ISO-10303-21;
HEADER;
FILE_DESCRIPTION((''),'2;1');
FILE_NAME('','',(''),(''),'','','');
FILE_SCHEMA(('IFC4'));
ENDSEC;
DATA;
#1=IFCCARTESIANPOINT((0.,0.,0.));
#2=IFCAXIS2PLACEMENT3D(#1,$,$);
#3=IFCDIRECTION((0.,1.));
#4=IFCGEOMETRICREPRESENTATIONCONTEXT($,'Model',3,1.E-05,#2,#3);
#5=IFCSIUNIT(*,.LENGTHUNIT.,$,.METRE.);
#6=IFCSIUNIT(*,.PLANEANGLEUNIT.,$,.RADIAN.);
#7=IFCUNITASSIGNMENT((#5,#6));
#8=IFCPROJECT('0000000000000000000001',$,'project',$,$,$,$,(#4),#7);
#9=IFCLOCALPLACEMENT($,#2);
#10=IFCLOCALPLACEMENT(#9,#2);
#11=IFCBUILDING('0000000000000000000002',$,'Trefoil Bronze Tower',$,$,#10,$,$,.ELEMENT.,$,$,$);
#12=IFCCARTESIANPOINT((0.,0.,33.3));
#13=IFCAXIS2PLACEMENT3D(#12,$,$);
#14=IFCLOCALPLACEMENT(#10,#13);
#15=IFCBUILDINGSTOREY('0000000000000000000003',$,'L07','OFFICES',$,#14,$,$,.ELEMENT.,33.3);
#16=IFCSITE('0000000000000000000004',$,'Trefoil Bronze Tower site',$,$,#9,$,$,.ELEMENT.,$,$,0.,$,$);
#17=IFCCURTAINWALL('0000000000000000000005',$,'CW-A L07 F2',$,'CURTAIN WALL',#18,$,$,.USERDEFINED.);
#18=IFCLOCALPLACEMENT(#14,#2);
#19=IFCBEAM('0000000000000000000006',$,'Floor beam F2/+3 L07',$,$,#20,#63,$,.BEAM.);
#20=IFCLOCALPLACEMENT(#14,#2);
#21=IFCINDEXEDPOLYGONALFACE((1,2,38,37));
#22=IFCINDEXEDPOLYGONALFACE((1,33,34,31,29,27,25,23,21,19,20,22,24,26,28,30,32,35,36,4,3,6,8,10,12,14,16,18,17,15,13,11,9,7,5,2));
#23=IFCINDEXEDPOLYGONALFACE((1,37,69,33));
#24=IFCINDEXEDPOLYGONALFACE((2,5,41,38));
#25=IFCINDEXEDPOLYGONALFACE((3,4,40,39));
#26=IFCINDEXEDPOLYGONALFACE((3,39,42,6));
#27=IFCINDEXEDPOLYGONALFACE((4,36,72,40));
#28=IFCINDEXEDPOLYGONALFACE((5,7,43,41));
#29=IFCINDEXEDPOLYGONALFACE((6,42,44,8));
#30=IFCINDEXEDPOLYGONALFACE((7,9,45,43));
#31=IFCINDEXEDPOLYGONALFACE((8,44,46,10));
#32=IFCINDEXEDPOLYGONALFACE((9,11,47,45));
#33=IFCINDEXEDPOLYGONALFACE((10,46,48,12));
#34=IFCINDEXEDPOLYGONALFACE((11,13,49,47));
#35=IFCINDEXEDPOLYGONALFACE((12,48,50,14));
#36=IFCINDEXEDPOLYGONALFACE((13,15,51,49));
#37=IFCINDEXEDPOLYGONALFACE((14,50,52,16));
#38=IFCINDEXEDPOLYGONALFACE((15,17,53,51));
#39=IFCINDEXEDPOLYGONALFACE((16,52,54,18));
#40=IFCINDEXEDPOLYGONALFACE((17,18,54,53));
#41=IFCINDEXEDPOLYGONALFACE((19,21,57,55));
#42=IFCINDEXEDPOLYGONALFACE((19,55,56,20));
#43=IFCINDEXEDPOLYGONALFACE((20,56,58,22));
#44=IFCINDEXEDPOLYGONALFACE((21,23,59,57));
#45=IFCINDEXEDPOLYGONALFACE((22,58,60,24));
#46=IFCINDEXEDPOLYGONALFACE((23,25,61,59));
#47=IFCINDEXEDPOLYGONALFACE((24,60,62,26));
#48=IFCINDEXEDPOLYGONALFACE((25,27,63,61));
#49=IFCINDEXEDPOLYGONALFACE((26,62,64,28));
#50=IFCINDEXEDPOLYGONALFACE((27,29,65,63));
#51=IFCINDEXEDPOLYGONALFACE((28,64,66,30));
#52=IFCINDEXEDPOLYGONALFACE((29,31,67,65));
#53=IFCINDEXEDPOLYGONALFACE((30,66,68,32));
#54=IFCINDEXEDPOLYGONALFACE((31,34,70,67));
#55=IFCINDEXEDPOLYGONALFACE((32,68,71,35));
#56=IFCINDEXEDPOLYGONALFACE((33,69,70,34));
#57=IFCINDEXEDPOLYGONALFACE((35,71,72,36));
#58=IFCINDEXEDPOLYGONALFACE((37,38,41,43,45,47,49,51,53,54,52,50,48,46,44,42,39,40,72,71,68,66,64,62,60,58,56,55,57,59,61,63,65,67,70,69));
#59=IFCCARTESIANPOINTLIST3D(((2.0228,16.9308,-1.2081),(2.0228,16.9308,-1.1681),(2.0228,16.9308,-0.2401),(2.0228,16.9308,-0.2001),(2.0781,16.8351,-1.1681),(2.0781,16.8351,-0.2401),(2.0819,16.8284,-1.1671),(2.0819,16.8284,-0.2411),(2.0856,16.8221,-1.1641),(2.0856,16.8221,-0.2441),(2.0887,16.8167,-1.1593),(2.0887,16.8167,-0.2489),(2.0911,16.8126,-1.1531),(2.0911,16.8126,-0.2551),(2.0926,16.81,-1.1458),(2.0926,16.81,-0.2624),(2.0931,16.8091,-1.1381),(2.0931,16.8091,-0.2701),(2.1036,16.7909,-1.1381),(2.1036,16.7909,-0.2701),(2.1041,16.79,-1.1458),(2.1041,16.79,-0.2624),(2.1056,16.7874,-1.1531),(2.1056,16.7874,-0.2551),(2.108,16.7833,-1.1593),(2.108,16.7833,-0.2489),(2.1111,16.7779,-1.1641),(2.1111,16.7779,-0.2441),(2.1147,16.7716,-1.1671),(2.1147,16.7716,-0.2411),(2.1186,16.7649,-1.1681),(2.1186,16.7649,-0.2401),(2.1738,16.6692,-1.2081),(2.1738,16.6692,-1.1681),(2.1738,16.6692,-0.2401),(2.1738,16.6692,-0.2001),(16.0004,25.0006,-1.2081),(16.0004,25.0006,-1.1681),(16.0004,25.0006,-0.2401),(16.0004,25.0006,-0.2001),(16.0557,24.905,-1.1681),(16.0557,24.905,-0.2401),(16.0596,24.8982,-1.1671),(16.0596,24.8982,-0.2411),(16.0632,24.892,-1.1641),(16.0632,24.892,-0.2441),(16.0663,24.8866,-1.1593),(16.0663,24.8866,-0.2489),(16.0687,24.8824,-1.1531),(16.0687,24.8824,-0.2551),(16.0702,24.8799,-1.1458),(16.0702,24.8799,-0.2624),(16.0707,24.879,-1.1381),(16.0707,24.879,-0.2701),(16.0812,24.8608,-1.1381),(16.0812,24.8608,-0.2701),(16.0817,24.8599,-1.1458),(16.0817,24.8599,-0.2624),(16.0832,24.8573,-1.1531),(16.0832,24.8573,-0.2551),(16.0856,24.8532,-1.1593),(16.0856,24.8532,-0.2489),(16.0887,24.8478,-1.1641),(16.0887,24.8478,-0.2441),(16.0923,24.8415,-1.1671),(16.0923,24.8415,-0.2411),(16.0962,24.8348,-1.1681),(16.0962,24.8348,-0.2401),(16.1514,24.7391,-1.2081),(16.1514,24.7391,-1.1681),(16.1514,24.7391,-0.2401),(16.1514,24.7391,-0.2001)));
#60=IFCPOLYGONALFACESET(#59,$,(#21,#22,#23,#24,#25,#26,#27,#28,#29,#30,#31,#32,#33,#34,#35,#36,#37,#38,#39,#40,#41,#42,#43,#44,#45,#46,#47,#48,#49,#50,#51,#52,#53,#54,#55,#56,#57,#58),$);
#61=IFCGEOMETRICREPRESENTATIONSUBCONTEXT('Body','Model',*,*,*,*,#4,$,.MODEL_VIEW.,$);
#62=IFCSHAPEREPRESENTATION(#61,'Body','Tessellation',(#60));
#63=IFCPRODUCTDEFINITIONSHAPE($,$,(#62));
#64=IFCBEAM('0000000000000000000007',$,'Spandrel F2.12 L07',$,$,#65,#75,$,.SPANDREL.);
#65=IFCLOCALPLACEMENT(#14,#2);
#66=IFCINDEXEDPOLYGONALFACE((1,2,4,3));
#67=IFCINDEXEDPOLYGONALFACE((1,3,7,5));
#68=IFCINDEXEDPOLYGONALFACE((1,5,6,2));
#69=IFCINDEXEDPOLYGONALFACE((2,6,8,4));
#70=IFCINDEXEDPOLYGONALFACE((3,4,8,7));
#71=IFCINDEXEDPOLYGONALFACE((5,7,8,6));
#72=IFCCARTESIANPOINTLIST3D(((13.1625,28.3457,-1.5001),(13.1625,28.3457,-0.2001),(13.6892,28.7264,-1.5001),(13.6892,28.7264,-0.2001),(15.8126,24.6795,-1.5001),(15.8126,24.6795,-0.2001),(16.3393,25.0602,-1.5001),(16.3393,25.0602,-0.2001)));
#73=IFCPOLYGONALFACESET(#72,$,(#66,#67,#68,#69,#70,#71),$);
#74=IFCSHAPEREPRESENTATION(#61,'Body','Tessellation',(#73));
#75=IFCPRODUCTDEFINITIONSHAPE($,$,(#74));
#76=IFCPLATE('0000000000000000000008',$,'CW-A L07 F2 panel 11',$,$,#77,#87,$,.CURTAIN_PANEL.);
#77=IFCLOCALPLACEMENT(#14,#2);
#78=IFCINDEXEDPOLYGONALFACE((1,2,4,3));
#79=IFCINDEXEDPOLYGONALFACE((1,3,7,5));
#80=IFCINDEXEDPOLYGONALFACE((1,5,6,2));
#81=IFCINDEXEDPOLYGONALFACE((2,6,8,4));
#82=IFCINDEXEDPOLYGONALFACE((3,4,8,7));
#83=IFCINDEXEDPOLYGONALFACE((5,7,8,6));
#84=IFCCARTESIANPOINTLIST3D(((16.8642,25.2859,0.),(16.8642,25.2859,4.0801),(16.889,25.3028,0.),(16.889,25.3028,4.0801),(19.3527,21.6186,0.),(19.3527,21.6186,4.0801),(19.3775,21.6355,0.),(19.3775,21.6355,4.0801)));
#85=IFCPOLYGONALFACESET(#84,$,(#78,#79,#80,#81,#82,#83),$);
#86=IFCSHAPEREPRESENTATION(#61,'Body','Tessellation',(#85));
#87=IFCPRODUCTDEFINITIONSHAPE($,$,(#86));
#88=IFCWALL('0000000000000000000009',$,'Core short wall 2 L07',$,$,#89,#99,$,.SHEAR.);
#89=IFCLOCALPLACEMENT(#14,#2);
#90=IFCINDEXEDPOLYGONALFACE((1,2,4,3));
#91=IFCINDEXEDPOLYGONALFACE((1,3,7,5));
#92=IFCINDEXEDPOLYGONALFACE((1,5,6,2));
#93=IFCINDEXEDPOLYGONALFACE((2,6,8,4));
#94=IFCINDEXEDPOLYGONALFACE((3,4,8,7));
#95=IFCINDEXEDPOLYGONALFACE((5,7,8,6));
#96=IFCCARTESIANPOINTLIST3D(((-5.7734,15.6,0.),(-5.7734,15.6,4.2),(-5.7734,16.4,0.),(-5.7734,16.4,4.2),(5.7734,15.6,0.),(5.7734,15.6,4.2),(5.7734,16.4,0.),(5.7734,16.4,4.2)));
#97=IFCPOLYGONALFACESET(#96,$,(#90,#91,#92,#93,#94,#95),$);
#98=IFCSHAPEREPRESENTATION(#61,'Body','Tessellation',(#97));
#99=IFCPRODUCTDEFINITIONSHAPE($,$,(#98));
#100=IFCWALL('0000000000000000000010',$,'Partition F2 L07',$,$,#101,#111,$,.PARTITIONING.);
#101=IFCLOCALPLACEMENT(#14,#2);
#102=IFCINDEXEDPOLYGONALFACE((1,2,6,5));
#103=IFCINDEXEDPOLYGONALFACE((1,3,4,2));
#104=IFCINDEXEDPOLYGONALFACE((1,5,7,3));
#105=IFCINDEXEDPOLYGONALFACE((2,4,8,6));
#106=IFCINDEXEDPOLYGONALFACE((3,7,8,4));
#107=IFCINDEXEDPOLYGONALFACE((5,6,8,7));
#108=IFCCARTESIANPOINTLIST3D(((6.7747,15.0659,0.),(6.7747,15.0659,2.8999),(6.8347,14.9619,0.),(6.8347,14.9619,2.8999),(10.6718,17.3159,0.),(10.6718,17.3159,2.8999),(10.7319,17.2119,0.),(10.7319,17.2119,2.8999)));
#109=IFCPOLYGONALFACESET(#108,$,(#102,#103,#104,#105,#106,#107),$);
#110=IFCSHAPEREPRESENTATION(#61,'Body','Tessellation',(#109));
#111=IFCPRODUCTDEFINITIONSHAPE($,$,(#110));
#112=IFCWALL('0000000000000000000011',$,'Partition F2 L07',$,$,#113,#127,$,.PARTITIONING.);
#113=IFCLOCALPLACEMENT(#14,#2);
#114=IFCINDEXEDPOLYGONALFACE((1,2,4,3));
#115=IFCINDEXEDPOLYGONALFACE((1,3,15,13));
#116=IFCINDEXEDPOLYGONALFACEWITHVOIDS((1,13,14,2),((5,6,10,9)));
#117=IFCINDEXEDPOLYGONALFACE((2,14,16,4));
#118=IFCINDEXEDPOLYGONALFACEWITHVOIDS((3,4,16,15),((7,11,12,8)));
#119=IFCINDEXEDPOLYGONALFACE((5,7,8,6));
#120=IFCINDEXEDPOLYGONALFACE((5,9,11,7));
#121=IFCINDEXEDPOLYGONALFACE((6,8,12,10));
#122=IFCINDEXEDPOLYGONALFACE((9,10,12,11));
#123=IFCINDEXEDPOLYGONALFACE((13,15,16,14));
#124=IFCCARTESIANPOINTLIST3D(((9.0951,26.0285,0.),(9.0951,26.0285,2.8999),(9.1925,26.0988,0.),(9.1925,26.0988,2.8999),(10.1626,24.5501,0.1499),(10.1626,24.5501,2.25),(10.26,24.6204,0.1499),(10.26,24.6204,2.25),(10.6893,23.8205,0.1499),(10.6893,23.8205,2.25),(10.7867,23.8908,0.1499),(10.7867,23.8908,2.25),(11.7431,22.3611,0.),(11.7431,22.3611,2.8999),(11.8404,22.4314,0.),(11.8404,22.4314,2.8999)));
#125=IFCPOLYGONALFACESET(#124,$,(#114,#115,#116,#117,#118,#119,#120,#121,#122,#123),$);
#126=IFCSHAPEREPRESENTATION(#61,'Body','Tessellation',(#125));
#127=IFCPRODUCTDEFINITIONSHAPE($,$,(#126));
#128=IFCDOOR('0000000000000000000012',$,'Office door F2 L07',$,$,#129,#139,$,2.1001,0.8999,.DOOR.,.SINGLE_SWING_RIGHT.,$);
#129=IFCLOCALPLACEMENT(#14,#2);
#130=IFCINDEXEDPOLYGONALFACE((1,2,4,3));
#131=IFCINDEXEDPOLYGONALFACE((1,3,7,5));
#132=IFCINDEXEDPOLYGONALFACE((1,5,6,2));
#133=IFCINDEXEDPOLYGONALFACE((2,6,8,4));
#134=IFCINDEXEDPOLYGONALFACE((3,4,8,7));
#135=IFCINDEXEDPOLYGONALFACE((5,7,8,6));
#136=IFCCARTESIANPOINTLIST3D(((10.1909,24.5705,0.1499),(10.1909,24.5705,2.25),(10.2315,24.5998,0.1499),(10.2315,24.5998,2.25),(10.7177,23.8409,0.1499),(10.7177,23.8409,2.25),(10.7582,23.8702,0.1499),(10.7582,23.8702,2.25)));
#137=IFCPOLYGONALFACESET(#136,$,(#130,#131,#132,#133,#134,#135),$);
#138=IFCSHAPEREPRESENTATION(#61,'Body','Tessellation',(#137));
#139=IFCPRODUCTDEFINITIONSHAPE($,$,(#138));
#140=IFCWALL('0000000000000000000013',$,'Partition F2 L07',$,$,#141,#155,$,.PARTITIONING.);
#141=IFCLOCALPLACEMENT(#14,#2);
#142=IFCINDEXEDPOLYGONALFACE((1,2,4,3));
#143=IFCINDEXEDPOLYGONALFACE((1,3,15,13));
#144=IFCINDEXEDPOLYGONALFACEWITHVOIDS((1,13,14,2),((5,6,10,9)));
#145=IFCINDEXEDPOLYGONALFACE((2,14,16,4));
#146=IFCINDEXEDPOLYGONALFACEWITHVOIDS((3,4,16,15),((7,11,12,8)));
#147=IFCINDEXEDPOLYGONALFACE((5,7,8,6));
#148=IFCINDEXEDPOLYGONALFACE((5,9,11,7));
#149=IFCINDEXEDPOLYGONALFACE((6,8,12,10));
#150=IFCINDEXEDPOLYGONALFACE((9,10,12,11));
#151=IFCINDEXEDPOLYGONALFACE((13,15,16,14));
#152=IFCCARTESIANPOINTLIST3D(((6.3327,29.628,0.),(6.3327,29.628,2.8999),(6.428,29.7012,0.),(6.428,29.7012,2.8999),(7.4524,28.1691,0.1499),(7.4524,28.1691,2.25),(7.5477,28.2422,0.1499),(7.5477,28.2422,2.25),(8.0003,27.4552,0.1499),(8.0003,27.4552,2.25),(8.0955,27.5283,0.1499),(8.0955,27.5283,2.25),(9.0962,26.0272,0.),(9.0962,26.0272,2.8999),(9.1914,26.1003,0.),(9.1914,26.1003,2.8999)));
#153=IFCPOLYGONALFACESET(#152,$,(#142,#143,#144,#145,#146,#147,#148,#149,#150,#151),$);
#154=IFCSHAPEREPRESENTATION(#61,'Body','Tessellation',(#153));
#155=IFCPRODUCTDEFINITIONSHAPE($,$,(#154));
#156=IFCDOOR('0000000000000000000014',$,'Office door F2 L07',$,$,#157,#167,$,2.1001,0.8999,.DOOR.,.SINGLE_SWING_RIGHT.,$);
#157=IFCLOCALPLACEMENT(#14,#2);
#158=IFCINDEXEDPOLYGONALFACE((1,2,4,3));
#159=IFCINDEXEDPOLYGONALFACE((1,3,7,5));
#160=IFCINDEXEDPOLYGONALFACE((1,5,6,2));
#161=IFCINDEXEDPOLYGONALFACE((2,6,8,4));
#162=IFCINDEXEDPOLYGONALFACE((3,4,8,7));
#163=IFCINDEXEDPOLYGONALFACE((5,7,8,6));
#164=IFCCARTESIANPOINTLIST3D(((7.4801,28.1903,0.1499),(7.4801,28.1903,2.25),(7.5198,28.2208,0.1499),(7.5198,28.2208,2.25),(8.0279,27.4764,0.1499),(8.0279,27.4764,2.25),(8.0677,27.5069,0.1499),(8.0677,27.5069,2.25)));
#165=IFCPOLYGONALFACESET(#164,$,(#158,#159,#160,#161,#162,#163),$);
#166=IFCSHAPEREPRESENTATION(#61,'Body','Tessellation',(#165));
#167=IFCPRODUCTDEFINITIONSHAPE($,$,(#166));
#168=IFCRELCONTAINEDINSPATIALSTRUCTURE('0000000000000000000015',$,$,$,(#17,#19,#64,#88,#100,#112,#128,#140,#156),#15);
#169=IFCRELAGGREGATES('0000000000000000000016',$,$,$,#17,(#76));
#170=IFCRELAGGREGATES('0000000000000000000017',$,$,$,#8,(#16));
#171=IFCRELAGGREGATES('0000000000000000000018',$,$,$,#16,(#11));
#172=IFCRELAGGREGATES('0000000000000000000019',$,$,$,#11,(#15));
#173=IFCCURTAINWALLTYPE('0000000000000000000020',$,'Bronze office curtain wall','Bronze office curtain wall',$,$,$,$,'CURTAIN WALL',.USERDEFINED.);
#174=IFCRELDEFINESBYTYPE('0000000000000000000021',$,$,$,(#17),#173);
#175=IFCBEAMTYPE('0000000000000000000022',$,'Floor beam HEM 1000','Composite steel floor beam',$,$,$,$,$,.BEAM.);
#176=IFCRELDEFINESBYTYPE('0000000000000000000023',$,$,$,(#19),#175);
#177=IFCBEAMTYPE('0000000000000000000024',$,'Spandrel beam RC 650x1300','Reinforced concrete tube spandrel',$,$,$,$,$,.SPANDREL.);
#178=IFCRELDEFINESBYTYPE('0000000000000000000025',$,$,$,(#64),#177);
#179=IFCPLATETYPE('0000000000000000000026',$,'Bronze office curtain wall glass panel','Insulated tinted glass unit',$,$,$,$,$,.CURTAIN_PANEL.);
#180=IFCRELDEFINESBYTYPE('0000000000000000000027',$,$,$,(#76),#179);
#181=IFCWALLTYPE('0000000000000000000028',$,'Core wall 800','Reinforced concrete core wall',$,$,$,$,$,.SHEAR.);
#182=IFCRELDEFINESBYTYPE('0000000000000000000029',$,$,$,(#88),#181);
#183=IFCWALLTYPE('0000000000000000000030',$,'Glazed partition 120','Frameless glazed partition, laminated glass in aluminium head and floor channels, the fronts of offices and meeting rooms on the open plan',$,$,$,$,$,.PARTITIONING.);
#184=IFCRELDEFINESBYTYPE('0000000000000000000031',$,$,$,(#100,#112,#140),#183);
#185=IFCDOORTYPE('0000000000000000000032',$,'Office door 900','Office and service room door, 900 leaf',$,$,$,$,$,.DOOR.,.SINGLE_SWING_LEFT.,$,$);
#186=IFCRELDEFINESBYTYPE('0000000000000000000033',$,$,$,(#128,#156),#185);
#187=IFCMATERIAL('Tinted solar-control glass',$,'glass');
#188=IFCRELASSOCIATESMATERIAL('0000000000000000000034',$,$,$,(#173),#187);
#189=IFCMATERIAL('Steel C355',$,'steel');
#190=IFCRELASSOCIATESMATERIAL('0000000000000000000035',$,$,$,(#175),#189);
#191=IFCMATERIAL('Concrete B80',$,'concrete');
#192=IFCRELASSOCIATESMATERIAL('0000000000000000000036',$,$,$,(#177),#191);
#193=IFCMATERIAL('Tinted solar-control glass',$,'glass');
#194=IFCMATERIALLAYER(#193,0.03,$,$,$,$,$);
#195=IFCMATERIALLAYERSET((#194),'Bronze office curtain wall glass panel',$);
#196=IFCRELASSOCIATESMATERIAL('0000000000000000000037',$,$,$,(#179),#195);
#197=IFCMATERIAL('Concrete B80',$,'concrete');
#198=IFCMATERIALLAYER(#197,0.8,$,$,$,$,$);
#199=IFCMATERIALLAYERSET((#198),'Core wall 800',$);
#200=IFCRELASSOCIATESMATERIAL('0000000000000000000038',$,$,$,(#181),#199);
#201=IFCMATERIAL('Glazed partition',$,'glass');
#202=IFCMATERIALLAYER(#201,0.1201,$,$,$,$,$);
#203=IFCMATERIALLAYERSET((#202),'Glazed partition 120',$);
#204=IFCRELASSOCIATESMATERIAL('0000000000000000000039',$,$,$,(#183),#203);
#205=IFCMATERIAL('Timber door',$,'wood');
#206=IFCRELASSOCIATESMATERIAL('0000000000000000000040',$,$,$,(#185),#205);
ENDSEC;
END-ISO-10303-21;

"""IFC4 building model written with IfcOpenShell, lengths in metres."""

from ifc_helpers import new_model, si_unit, direction, frame, frame_2d, origin, origin_2d, place, context, subcontext, project, spatial, rectangle, i_section, extrude, material, layer, layer_set, material_profile, profile_set, type_object, element, fill, aggregate, save


model = new_model("IFC4")

# Units and contexts
model_context = context("Model", 3, precision=1e-05, world=origin(), true_north=direction((0.0, 1.0)))
body_context = subcontext(model_context, "Body", "Model", "MODEL_VIEW")
ifc_project = project(units=[si_unit("LENGTHUNIT", "METRE"), si_unit("PLANEANGLEUNIT", "RADIAN")], contexts=[model_context])

# Site, building, storey
site_placement = place(None, origin())
site = spatial("IfcSite", under=ifc_project, at=site_placement, Name="Trefoil Bronze Tower site", CompositionType="ELEMENT", RefElevation=0.0)
building_placement = place(site_placement, origin())
building = spatial("IfcBuilding", under=site, at=building_placement, Name="Trefoil Bronze Tower", CompositionType="ELEMENT")
storey_placement = place(building_placement, frame((0.0, 0.0, 33.3)))
storey = spatial("IfcBuildingStorey", under=building, at=storey_placement, Name="L07", Description="OFFICES", CompositionType="ELEMENT", Elevation=33.3)

# Curtain wall
ifc_material_1 = material(Name="Tinted solar-control glass", Category="glass")
curtain_wall_type = type_object("IfcCurtainWallType", Name="Bronze office curtain wall", Description="Bronze office curtain wall", ElementType="CURTAIN WALL", PredefinedType="USERDEFINED", material=ifc_material_1)
curtain_wall_placement = place(storey_placement, origin())
curtain_wall = element("IfcCurtainWall", 1, at=curtain_wall_placement, inside=storey, type_object=curtain_wall_type, Name="CW-A L07 F2", ObjectType="CURTAIN WALL", PredefinedType="USERDEFINED")

# Beams
ifc_material_2 = material(Name="Steel C355", Category="steel")
ifc_material_profile_1 = material_profile(ifc_material_2, i_section(OverallWidth=0.302, OverallDepth=1.0081, WebThickness=0.021, FlangeThickness=0.04, FilletRadius=0.03, at=origin_2d()), Name="HEM 1000")
ifc_profile_set_1 = profile_set([ifc_material_profile_1], Name="Steel C355")
beam_type_1 = type_object("IfcBeamType", Name="Floor beam HEM 1000", Description="Composite steel floor beam", PredefinedType="BEAM", material=ifc_profile_set_1)
beam_1_placement = place(storey_placement, frame((16.0759, 24.8699, -0.7041), z_axis=(-0.866028, -0.499995, 0.0), x_axis=(0.499995, -0.866028, 0.0)))
element("IfcBeam", 2, at=beam_1_placement, inside=storey, type_object=beam_type_1, Name="Floor beam F2/+3 L07", PredefinedType="BEAM", context=body_context, shape_type="SweptSolid", body=[
    extrude(i_section(OverallWidth=0.302, OverallDepth=1.0081, WebThickness=0.021, FlangeThickness=0.04, FilletRadius=0.03, at=origin_2d()), origin(), (0.0, 0.0, 1.0), 16.1399),
])
ifc_material_3 = material(Name="Concrete B80", Category="concrete")
ifc_material_profile_2 = material_profile(ifc_material_3, rectangle(XDim=0.6499, YDim=1.3, at=origin_2d()), Name="RC 650x1300")
ifc_profile_set_2 = profile_set([ifc_material_profile_2], Name="Concrete B80")
beam_type_2 = type_object("IfcBeamType", Name="Spandrel beam RC 650x1300", Description="Reinforced concrete tube spandrel", PredefinedType="SPANDREL", material=ifc_profile_set_2)
beam_2_placement = place(storey_placement, frame((16.0759, 24.8699, -0.8501), z_axis=(-0.585824, 0.810439, 0.0), x_axis=(-0.810439, -0.585824, 0.0)))
element("IfcBeam", 3, at=beam_2_placement, inside=storey, type_object=beam_type_2, Name="Spandrel F2.12 L07", PredefinedType="SPANDREL", context=body_context, shape_type="SweptSolid", body=[
    extrude(rectangle(XDim=0.6499, YDim=1.3, at=origin_2d()), origin(), (0.0, 0.0, 1.0), 4.5237),
])

# Plate
ifc_material_4 = material(Name="Tinted solar-control glass", Category="glass")
ifc_layer_1 = layer(ifc_material_4, 0.03)
ifc_layer_set_1 = layer_set([ifc_layer_1], Name="Bronze office curtain wall glass panel")
plate_type = type_object("IfcPlateType", Name="Bronze office curtain wall glass panel", Description="Insulated tinted glass unit", PredefinedType="CURTAIN_PANEL", material=ifc_layer_set_1)
plate_placement = place(storey_placement, frame((18.1208, 23.4607, 0.0), z_axis=(0.0, 0.0, 1.0), x_axis=(-0.56151, 0.82747, 0.0)))
plate = element("IfcPlate", 4, at=plate_placement, type_object=plate_type, Name="CW-A L07 F2 panel 11", PredefinedType="CURTAIN_PANEL", context=body_context, shape_type="SweptSolid", body=[
    extrude(rectangle(XDim=4.4319, YDim=0.03, at=origin_2d()), origin(), (0.0, 0.0, 1.0), 4.0801),
])
aggregate(curtain_wall, [plate])

# Walls
ifc_material_5 = material(Name="Concrete B80", Category="concrete")
ifc_layer_2 = layer(ifc_material_5, 0.8)
ifc_layer_set_2 = layer_set([ifc_layer_2], Name="Core wall 800")
wall_type_1 = type_object("IfcWallType", Name="Core wall 800", Description="Reinforced concrete core wall", PredefinedType="SHEAR", material=ifc_layer_set_2)
wall_1_placement = place(storey_placement, frame((5.7734, 16.0, 0.0), z_axis=(0.0, 0.0, 1.0), x_axis=(-1.0, 0.0, 0.0)))
element("IfcWall", 5, at=wall_1_placement, inside=storey, type_object=wall_type_1, Name="Core short wall 2 L07", PredefinedType="SHEAR", context=body_context, shape_type="SweptSolid", body=[
    extrude(rectangle(XDim=11.5469, YDim=0.8, at=frame_2d((5.7734, 0.0))), origin(), (0.0, 0.0, 1.0), 4.2),
])
ifc_material_6 = material(Name="Glazed partition", Category="glass")
ifc_layer_3 = layer(ifc_material_6, 0.1201)
ifc_layer_set_3 = layer_set([ifc_layer_3], Name="Glazed partition 120")
wall_type_2 = type_object("IfcWallType", Name="Glazed partition 120", Description="Frameless glazed partition, laminated glass in aluminium head and floor channels, the fronts of offices and meeting rooms on the open plan", PredefinedType="PARTITIONING", material=ifc_layer_set_3)
wall_2_placement = place(storey_placement, frame((6.8047, 15.0139, 0.0), z_axis=(0.0, 0.0, 1.0), x_axis=(0.866031, 0.49999, 0.0)))
element("IfcWall", 6, at=wall_2_placement, inside=storey, type_object=wall_type_2, Name="Partition F2 L07", PredefinedType="PARTITIONING", context=body_context, shape_type="SweptSolid", body=[
    extrude(rectangle(XDim=4.5, YDim=0.1201, at=frame_2d((2.25, 0.0))), origin(), (0.0, 0.0, 1.0), 2.8999),
])

# Walls, openings, doors
wall_3_placement = place(storey_placement, frame((11.7917, 22.3962, 0.0), z_axis=(0.0, 0.0, 1.0), x_axis=(-0.585376, 0.810762, 0.0)))
wall_3 = element("IfcWall", 7, at=wall_3_placement, inside=storey, type_object=wall_type_2, Name="Partition F2 L07", PredefinedType="PARTITIONING", context=body_context, shape_type="SweptSolid", body=[
    extrude(rectangle(XDim=4.5234, YDim=0.1201, at=frame_2d((2.2617, 0.0))), origin(), (0.0, 0.0, 1.0), 2.8999),
])
opening_1_placement = place(wall_3_placement, frame((1.8, 0.0, 0.1499)))
opening_1 = element("IfcOpeningElement", 8, at=opening_1_placement, cuts=wall_3, PredefinedType="OPENING", context=body_context, shape_type="SweptSolid", body=[
    extrude(rectangle(XDim=0.8999, YDim=2.1001, at=frame_2d((0.45, 1.05))), frame((0.0, 0.0701, 0.0), z_axis=(0.0, -1.0, 0.0), x_axis=(1.0, 0.0, 0.0)), (0.0, 0.0, 1.0), 0.1401),
])
ifc_material_7 = material(Name="Timber door", Category="wood")
door_type = type_object("IfcDoorType", Name="Office door 900", Description="Office and service room door, 900 leaf", OperationType="SINGLE_SWING_LEFT", PredefinedType="DOOR", material=ifc_material_7)
door_1_placement = place(opening_1_placement, frame((0.8999, 0.0, 0.0), z_axis=(0.0, 0.0, 1.0), x_axis=(-1.0, 0.0, 0.0)))
door_1 = element("IfcDoor", 9, at=door_1_placement, inside=storey, type_object=door_type, Name="Office door F2 L07", OperationType="SINGLE_SWING_RIGHT", OverallHeight=2.1001, OverallWidth=0.8999, PredefinedType="DOOR", context=body_context, shape_type="SweptSolid", body=[
    extrude(rectangle(XDim=0.8999, YDim=2.1001, at=frame_2d((0.45, 1.05))), frame((0.0, 0.0249, 0.0), z_axis=(0.0, -1.0, 0.0), x_axis=(1.0, 0.0, 0.0)), (0.0, 0.0, 1.0), 0.05),
])
fill(opening_1, door_1)
wall_4_placement = place(storey_placement, frame((9.1438, 26.0637, 0.0), z_axis=(0.0, 0.0, 1.0), x_axis=(-0.608819, 0.793309, 0.0)))
wall_4 = element("IfcWall", 10, at=wall_4_placement, inside=storey, type_object=wall_type_2, Name="Partition F2 L07", PredefinedType="PARTITIONING", context=body_context, shape_type="SweptSolid", body=[
    extrude(rectangle(XDim=4.5391, YDim=0.1201, at=frame_2d((2.2695, 0.0))), origin(), (0.0, 0.0, 1.0), 2.8999),
])
opening_2_placement = place(wall_4_placement, frame((1.8, 0.0, 0.1499)))
opening_2 = element("IfcOpeningElement", 11, at=opening_2_placement, cuts=wall_4, PredefinedType="OPENING", context=body_context, shape_type="SweptSolid", body=[
    extrude(rectangle(XDim=0.8999, YDim=2.1001, at=frame_2d((0.45, 1.05))), frame((0.0, 0.0701, 0.0), z_axis=(0.0, -1.0, 0.0), x_axis=(1.0, 0.0, 0.0)), (0.0, 0.0, 1.0), 0.1401),
])
door_2_placement = place(opening_2_placement, frame((0.8999, 0.0, 0.0), z_axis=(0.0, 0.0, 1.0), x_axis=(-1.0, 0.0, 0.0)))
door_2 = element("IfcDoor", 12, at=door_2_placement, inside=storey, type_object=door_type, Name="Office door F2 L07", OperationType="SINGLE_SWING_RIGHT", OverallHeight=2.1001, OverallWidth=0.8999, PredefinedType="DOOR", context=body_context, shape_type="SweptSolid", body=[
    extrude(rectangle(XDim=0.8999, YDim=2.1001, at=frame_2d((0.45, 1.05))), frame((0.0, 0.0249, 0.0), z_axis=(0.0, -1.0, 0.0), x_axis=(1.0, 0.0, 0.0)), (0.0, 0.0, 1.0), 0.05),
])
fill(opening_2, door_2)

save(model, "model.ifc")
